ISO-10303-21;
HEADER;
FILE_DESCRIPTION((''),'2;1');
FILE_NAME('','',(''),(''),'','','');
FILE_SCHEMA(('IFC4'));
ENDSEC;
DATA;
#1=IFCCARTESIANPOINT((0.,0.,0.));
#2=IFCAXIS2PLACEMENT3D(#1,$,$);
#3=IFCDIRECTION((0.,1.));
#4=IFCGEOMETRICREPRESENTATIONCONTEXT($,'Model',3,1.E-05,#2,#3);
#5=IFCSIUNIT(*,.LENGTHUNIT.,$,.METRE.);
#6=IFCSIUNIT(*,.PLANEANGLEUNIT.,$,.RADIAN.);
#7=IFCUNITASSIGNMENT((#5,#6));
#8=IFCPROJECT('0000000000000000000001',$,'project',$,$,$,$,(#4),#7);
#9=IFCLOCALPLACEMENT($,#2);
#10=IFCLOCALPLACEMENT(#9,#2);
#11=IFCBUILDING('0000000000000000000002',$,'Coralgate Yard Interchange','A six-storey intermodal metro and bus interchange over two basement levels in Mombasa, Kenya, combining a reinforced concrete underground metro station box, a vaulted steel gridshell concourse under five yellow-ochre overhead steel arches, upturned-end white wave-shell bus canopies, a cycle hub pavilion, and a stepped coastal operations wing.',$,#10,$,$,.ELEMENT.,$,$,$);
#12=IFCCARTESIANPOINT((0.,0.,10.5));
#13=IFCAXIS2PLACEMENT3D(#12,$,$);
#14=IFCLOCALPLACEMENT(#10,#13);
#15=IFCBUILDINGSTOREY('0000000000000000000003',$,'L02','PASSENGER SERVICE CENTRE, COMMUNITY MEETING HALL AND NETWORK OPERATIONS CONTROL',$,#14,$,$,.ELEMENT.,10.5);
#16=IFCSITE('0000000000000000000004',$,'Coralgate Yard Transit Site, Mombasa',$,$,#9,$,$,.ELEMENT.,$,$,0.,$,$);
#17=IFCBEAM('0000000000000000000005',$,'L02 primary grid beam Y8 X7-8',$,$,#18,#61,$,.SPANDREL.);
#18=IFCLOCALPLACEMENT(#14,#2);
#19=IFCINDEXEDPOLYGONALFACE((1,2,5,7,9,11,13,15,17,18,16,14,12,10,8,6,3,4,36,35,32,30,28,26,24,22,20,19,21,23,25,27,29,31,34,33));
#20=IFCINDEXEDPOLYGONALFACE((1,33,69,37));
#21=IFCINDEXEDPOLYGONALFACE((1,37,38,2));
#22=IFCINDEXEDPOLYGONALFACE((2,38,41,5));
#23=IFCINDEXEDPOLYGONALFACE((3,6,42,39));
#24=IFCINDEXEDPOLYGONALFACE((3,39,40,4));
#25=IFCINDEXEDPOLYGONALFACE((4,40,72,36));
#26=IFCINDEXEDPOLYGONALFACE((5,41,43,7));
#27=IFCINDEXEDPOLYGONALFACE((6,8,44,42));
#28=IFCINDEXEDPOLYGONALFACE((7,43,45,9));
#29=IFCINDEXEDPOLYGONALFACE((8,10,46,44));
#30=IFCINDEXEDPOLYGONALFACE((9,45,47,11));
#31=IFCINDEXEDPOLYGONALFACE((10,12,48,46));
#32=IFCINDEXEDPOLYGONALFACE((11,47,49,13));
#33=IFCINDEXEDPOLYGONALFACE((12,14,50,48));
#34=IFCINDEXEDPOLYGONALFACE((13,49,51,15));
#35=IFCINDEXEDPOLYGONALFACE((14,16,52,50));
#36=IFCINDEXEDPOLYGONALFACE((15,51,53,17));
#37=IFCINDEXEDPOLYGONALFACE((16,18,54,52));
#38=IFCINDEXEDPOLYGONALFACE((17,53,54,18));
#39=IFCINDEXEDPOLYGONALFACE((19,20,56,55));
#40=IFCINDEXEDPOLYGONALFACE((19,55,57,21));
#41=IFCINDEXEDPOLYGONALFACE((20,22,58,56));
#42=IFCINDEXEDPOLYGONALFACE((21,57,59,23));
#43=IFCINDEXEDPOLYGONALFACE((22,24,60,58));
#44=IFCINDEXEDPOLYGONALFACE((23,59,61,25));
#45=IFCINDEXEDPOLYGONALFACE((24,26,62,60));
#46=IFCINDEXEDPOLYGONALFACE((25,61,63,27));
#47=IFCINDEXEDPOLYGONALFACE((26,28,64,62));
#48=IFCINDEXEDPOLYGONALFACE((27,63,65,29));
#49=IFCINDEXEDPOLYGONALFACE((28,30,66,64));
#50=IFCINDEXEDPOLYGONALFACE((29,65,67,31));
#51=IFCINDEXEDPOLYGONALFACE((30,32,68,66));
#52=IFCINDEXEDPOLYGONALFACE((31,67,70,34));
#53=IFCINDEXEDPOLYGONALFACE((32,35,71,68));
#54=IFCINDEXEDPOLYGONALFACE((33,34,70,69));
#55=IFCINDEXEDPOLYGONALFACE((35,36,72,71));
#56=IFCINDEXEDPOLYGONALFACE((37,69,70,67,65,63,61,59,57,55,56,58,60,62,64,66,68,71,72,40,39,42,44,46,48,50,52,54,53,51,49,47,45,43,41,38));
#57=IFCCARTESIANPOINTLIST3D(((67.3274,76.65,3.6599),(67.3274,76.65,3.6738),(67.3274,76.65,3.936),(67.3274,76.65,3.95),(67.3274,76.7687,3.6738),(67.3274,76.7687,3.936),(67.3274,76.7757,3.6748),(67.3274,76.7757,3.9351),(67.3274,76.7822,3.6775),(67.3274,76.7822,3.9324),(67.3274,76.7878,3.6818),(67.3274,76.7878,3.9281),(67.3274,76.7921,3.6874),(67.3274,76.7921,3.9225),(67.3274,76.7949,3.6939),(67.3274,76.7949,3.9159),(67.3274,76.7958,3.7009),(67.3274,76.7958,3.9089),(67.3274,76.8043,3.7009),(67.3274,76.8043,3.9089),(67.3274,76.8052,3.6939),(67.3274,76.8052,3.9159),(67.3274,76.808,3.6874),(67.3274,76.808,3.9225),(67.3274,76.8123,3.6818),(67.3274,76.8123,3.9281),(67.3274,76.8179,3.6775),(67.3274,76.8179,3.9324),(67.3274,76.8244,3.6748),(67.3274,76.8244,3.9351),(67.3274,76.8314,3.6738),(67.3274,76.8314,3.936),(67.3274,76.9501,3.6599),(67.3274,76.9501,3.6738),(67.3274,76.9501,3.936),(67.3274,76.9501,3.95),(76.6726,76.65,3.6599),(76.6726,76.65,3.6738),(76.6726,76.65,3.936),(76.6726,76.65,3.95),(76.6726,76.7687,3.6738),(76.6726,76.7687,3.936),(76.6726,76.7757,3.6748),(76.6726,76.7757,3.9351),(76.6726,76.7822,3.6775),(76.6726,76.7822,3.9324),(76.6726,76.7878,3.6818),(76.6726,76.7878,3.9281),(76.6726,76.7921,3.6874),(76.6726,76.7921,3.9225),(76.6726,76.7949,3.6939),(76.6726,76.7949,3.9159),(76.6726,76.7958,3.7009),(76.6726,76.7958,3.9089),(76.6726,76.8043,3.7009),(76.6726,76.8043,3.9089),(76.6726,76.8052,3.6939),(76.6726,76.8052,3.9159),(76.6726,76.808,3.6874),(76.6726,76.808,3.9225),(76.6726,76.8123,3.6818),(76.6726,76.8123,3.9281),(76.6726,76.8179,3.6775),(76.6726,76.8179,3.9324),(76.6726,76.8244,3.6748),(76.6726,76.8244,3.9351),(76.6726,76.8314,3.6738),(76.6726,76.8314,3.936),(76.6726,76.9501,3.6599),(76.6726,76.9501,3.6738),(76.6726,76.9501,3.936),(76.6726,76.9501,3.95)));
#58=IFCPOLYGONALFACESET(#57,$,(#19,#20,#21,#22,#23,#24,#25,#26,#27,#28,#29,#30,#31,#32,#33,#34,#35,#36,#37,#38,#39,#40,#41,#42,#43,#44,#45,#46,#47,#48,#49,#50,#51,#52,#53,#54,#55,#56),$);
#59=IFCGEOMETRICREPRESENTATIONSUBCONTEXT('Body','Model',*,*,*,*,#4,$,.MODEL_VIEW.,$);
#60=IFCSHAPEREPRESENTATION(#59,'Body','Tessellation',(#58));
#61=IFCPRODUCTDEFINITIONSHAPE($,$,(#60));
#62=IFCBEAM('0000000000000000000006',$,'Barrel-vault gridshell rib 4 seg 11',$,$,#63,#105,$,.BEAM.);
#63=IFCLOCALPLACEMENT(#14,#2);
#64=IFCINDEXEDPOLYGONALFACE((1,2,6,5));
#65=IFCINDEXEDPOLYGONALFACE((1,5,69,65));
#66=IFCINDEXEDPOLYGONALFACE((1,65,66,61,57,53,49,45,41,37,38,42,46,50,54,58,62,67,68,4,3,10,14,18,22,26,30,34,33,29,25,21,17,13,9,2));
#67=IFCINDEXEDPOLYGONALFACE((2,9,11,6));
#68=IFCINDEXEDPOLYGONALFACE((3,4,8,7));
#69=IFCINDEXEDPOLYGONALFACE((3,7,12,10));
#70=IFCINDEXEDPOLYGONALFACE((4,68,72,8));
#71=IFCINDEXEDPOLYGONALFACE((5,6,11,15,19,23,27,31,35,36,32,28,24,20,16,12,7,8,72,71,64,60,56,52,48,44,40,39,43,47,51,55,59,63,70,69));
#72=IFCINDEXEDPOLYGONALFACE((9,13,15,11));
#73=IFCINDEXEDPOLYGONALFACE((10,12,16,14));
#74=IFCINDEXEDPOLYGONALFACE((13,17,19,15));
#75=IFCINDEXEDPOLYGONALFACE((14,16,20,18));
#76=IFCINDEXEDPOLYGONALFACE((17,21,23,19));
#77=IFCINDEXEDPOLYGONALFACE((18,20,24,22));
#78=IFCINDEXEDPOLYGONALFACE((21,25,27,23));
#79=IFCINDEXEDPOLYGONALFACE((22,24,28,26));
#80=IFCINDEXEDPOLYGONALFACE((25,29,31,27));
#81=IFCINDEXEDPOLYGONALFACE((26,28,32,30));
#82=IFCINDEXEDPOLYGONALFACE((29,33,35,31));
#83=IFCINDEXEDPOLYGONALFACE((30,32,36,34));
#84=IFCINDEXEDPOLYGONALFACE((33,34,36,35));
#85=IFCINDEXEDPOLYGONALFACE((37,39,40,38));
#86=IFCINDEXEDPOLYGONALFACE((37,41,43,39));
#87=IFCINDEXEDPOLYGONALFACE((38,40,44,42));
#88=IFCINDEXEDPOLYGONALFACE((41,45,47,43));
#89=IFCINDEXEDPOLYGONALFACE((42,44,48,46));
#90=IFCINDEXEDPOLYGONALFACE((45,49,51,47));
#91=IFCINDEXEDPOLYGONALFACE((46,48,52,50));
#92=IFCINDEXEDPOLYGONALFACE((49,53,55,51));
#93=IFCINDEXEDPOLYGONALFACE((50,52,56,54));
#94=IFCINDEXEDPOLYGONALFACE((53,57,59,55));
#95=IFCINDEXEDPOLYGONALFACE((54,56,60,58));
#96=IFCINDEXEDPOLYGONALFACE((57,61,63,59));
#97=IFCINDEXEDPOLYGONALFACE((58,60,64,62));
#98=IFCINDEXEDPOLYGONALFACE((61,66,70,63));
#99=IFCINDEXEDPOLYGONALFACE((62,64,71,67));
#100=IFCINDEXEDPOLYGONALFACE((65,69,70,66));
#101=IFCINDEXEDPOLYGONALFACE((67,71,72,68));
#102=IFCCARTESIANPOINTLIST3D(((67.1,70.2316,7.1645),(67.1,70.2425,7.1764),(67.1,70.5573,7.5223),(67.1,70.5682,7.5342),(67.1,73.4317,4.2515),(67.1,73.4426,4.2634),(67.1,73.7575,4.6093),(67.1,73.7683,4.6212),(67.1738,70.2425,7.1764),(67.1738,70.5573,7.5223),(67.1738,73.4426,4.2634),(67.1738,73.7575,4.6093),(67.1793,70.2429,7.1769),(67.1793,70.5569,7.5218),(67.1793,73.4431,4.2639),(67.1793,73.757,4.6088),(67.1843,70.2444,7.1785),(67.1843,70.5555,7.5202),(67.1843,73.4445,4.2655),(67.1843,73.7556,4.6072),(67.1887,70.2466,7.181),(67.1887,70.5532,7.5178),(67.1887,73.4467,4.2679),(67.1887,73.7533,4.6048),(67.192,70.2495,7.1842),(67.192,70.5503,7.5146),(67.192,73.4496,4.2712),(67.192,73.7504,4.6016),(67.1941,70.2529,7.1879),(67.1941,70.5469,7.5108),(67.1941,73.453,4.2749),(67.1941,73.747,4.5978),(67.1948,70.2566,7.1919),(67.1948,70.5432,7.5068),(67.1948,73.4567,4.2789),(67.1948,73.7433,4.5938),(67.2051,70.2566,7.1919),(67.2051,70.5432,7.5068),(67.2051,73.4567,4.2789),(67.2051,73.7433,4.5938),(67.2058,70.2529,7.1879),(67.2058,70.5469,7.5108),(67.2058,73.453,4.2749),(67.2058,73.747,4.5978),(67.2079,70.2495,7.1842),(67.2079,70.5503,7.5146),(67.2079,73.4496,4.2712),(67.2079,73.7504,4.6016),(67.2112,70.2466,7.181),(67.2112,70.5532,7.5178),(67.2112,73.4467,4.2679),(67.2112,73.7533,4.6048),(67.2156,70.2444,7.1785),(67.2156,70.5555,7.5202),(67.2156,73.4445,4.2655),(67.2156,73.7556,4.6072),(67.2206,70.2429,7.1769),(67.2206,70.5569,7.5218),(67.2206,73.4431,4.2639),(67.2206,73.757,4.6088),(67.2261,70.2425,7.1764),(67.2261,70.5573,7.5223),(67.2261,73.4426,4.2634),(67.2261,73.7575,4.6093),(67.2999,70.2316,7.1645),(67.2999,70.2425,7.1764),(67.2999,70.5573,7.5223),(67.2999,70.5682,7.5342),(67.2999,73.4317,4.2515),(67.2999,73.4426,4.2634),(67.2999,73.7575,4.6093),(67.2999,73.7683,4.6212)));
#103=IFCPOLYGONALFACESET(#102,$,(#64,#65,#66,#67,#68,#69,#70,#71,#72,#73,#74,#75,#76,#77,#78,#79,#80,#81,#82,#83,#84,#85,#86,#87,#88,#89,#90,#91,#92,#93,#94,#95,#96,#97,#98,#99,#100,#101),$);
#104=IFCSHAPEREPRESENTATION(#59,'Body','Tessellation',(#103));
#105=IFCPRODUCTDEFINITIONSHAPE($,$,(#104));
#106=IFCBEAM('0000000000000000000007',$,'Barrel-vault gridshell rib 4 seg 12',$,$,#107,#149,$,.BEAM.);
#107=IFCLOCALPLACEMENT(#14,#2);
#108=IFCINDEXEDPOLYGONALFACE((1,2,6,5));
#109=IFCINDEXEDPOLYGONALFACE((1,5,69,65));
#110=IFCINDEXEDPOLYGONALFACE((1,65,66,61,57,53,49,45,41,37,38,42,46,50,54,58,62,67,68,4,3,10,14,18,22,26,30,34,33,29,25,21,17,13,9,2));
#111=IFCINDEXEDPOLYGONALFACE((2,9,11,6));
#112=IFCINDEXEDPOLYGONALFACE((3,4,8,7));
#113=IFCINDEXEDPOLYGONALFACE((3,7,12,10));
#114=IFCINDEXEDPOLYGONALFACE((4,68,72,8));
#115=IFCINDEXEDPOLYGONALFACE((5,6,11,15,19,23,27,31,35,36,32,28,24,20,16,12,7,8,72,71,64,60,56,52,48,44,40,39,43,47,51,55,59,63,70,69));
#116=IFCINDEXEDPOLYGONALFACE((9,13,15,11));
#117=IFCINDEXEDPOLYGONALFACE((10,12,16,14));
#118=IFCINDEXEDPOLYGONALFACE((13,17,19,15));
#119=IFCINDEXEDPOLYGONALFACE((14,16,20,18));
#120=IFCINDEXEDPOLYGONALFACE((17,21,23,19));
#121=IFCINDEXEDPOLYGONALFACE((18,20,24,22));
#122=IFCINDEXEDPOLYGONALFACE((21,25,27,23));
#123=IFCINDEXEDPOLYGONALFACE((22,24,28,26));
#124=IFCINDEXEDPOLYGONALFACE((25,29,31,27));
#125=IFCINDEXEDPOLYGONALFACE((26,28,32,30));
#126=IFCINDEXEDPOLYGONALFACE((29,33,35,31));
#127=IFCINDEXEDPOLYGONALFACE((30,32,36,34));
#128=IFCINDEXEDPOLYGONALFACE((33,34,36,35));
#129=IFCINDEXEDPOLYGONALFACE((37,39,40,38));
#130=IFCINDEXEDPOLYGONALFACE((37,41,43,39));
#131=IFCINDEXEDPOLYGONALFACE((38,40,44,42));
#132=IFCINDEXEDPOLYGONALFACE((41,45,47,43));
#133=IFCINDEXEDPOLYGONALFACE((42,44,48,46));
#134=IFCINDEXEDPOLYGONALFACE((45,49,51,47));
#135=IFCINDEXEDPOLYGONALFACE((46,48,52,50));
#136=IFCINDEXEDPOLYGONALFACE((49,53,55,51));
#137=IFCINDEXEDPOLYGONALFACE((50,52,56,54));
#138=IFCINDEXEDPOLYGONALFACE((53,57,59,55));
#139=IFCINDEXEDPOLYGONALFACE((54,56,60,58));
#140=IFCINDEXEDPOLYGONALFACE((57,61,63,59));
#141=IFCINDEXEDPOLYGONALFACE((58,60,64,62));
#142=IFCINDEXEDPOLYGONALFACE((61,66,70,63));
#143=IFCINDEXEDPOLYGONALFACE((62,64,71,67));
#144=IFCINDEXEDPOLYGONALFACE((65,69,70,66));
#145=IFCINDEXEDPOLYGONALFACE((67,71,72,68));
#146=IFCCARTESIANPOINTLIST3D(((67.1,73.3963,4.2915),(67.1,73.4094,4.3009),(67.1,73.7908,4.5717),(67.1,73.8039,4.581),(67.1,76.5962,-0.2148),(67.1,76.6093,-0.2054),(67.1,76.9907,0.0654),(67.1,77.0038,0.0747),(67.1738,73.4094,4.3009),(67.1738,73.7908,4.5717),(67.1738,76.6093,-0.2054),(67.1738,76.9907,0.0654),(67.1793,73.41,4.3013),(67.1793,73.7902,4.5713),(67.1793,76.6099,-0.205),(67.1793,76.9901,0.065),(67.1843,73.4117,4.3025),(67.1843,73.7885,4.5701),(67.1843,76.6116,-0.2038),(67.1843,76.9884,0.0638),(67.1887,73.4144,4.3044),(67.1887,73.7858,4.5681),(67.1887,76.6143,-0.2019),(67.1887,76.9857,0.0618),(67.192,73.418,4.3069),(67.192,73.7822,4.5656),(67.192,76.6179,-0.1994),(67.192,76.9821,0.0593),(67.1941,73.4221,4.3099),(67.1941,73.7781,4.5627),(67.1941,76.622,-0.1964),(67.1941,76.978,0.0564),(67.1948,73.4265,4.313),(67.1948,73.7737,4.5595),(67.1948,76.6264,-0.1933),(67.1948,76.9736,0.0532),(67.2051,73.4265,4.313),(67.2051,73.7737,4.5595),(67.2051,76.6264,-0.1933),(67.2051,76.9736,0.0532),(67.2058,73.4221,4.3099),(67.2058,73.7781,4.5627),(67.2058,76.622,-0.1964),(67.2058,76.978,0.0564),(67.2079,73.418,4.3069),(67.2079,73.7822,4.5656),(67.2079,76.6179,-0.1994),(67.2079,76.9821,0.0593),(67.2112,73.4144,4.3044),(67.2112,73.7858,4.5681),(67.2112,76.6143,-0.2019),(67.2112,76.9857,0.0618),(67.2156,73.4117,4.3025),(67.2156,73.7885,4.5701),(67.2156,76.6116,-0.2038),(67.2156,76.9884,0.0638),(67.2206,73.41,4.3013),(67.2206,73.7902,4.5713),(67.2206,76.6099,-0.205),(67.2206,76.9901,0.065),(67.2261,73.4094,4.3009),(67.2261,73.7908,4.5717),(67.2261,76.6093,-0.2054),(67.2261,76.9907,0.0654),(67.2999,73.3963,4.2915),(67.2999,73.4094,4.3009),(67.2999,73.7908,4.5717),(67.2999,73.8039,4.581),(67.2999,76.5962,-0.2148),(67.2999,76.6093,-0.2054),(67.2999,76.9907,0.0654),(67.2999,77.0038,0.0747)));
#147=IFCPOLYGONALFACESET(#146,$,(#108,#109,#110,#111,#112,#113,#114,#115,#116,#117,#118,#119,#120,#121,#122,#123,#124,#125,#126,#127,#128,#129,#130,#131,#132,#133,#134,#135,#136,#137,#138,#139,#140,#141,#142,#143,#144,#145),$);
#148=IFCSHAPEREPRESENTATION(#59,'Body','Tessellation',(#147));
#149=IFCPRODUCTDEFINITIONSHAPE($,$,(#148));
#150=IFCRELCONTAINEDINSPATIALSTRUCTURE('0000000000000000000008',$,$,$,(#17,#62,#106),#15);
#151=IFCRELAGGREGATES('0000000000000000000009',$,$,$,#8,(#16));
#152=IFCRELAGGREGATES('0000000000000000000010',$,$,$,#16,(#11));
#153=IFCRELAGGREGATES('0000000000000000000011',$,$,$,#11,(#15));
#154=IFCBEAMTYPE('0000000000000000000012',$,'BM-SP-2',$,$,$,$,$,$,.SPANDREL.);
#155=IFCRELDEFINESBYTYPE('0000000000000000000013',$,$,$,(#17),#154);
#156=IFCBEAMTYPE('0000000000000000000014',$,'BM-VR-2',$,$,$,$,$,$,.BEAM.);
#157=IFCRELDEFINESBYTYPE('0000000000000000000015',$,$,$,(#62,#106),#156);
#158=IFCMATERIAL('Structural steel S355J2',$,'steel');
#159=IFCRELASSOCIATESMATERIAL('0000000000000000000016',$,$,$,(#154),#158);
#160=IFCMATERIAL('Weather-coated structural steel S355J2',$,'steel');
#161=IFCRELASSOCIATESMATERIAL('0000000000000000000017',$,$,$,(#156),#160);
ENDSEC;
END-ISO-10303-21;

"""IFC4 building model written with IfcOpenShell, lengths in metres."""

from ifc_helpers import new_model, si_unit, direction, frame, origin, origin_2d, place, context, subcontext, project, spatial, i_section, extrude, material, material_profile, profile_set, type_object, element, save


model = new_model("IFC4")

# Units and contexts
model_context = context("Model", 3, precision=1e-05, world=origin(), true_north=direction((0.0, 1.0)))
body_context = subcontext(model_context, "Body", "Model", "MODEL_VIEW")
ifc_project = project(units=[si_unit("LENGTHUNIT", "METRE"), si_unit("PLANEANGLEUNIT", "RADIAN")], contexts=[model_context])

# Site, building, storey
site_placement = place(None, origin())
site = spatial("IfcSite", under=ifc_project, at=site_placement, Name="Coralgate Yard Transit Site, Mombasa", CompositionType="ELEMENT", RefElevation=0.0)
building_placement = place(site_placement, origin())
building = spatial("IfcBuilding", under=site, at=building_placement, Name="Coralgate Yard Interchange", Description="A six-storey intermodal metro and bus interchange over two basement levels in Mombasa, Kenya, combining a reinforced concrete underground metro station box, a vaulted steel gridshell concourse under five yellow-ochre overhead steel arches, upturned-end white wave-shell bus canopies, a cycle hub pavilion, and a stepped coastal operations wing.", CompositionType="ELEMENT")
storey_placement = place(building_placement, frame((0.0, 0.0, 10.5)))
storey = spatial("IfcBuildingStorey", under=building, at=storey_placement, Name="L02", Description="PASSENGER SERVICE CENTRE, COMMUNITY MEETING HALL AND NETWORK OPERATIONS CONTROL", CompositionType="ELEMENT", Elevation=10.5)

# Shared definitions
ifc_material_1 = material(Name="Structural steel S355J2", Category="steel")

# Beams
ifc_material_profile_1 = material_profile(ifc_material_1, i_section(OverallWidth=0.3, OverallDepth=0.29, WebThickness=0.0085, FlangeThickness=0.0139, FilletRadius=0.0271, at=origin_2d()), Name="HEA 300")
ifc_profile_set_1 = profile_set([ifc_material_profile_1], Name="Structural steel S355J2")
beam_type_1 = type_object("IfcBeamType", Name="BM-SP-2", PredefinedType="SPANDREL", material=ifc_profile_set_1)
beam_1_placement = place(storey_placement, frame((67.3274, 76.8, 3.8049), z_axis=(1.0, 0.0, 0.0), x_axis=(0.0, 1.0, 0.0)))
element("IfcBeam", 1, at=beam_1_placement, inside=storey, type_object=beam_type_1, Name="L02 primary grid beam Y8 X7-8", PredefinedType="SPANDREL", context=body_context, shape_type="SweptSolid", body=[
    extrude(i_section(OverallWidth=0.3, OverallDepth=0.29, WebThickness=0.0085, FlangeThickness=0.0139, FilletRadius=0.0271, at=origin_2d()), origin(), (0.0, 0.0, 1.0), 9.3452),
])
ifc_material_2 = material(Name="Weather-coated structural steel S355J2", Category="steel")
ifc_material_profile_2 = material_profile(ifc_material_2, i_section(OverallWidth=0.2, OverallDepth=0.5, WebThickness=0.0103, FlangeThickness=0.0161, FilletRadius=0.021, at=origin_2d()), Name="IPE 500")
ifc_profile_set_2 = profile_set([ifc_material_profile_2], Name="Weather-coated structural steel S355J2")
beam_type_2 = type_object("IfcBeamType", Name="BM-VR-2", PredefinedType="BEAM", material=ifc_profile_set_2)
beam_2_placement = place(storey_placement, frame((67.2, 70.3999, 7.3494), z_axis=(0.0, 0.739501, -0.673156), x_axis=(-1.0, 0.0, 0.0)))
element("IfcBeam", 2, at=beam_2_placement, inside=storey, type_object=beam_type_2, Name="Barrel-vault gridshell rib 4 seg 11", PredefinedType="BEAM", context=body_context, shape_type="SweptSolid", body=[
    extrude(i_section(OverallWidth=0.2, OverallDepth=0.5, WebThickness=0.0103, FlangeThickness=0.0161, FilletRadius=0.021, at=origin_2d()), origin(), (0.0, 0.0, 1.0), 4.3274),
])
beam_3_placement = place(storey_placement, frame((67.2, 73.6001, 4.4363), z_axis=(0.0, 0.578975, -0.815345), x_axis=(-1.0, 0.0, 0.0)))
element("IfcBeam", 3, at=beam_3_placement, inside=storey, type_object=beam_type_2, Name="Barrel-vault gridshell rib 4 seg 12", PredefinedType="BEAM", context=body_context, shape_type="SweptSolid", body=[
    extrude(i_section(OverallWidth=0.2, OverallDepth=0.5, WebThickness=0.0103, FlangeThickness=0.0161, FilletRadius=0.021, at=origin_2d()), origin(), (0.0, 0.0, 1.0), 5.5269),
])

save(model, "model.ifc")
